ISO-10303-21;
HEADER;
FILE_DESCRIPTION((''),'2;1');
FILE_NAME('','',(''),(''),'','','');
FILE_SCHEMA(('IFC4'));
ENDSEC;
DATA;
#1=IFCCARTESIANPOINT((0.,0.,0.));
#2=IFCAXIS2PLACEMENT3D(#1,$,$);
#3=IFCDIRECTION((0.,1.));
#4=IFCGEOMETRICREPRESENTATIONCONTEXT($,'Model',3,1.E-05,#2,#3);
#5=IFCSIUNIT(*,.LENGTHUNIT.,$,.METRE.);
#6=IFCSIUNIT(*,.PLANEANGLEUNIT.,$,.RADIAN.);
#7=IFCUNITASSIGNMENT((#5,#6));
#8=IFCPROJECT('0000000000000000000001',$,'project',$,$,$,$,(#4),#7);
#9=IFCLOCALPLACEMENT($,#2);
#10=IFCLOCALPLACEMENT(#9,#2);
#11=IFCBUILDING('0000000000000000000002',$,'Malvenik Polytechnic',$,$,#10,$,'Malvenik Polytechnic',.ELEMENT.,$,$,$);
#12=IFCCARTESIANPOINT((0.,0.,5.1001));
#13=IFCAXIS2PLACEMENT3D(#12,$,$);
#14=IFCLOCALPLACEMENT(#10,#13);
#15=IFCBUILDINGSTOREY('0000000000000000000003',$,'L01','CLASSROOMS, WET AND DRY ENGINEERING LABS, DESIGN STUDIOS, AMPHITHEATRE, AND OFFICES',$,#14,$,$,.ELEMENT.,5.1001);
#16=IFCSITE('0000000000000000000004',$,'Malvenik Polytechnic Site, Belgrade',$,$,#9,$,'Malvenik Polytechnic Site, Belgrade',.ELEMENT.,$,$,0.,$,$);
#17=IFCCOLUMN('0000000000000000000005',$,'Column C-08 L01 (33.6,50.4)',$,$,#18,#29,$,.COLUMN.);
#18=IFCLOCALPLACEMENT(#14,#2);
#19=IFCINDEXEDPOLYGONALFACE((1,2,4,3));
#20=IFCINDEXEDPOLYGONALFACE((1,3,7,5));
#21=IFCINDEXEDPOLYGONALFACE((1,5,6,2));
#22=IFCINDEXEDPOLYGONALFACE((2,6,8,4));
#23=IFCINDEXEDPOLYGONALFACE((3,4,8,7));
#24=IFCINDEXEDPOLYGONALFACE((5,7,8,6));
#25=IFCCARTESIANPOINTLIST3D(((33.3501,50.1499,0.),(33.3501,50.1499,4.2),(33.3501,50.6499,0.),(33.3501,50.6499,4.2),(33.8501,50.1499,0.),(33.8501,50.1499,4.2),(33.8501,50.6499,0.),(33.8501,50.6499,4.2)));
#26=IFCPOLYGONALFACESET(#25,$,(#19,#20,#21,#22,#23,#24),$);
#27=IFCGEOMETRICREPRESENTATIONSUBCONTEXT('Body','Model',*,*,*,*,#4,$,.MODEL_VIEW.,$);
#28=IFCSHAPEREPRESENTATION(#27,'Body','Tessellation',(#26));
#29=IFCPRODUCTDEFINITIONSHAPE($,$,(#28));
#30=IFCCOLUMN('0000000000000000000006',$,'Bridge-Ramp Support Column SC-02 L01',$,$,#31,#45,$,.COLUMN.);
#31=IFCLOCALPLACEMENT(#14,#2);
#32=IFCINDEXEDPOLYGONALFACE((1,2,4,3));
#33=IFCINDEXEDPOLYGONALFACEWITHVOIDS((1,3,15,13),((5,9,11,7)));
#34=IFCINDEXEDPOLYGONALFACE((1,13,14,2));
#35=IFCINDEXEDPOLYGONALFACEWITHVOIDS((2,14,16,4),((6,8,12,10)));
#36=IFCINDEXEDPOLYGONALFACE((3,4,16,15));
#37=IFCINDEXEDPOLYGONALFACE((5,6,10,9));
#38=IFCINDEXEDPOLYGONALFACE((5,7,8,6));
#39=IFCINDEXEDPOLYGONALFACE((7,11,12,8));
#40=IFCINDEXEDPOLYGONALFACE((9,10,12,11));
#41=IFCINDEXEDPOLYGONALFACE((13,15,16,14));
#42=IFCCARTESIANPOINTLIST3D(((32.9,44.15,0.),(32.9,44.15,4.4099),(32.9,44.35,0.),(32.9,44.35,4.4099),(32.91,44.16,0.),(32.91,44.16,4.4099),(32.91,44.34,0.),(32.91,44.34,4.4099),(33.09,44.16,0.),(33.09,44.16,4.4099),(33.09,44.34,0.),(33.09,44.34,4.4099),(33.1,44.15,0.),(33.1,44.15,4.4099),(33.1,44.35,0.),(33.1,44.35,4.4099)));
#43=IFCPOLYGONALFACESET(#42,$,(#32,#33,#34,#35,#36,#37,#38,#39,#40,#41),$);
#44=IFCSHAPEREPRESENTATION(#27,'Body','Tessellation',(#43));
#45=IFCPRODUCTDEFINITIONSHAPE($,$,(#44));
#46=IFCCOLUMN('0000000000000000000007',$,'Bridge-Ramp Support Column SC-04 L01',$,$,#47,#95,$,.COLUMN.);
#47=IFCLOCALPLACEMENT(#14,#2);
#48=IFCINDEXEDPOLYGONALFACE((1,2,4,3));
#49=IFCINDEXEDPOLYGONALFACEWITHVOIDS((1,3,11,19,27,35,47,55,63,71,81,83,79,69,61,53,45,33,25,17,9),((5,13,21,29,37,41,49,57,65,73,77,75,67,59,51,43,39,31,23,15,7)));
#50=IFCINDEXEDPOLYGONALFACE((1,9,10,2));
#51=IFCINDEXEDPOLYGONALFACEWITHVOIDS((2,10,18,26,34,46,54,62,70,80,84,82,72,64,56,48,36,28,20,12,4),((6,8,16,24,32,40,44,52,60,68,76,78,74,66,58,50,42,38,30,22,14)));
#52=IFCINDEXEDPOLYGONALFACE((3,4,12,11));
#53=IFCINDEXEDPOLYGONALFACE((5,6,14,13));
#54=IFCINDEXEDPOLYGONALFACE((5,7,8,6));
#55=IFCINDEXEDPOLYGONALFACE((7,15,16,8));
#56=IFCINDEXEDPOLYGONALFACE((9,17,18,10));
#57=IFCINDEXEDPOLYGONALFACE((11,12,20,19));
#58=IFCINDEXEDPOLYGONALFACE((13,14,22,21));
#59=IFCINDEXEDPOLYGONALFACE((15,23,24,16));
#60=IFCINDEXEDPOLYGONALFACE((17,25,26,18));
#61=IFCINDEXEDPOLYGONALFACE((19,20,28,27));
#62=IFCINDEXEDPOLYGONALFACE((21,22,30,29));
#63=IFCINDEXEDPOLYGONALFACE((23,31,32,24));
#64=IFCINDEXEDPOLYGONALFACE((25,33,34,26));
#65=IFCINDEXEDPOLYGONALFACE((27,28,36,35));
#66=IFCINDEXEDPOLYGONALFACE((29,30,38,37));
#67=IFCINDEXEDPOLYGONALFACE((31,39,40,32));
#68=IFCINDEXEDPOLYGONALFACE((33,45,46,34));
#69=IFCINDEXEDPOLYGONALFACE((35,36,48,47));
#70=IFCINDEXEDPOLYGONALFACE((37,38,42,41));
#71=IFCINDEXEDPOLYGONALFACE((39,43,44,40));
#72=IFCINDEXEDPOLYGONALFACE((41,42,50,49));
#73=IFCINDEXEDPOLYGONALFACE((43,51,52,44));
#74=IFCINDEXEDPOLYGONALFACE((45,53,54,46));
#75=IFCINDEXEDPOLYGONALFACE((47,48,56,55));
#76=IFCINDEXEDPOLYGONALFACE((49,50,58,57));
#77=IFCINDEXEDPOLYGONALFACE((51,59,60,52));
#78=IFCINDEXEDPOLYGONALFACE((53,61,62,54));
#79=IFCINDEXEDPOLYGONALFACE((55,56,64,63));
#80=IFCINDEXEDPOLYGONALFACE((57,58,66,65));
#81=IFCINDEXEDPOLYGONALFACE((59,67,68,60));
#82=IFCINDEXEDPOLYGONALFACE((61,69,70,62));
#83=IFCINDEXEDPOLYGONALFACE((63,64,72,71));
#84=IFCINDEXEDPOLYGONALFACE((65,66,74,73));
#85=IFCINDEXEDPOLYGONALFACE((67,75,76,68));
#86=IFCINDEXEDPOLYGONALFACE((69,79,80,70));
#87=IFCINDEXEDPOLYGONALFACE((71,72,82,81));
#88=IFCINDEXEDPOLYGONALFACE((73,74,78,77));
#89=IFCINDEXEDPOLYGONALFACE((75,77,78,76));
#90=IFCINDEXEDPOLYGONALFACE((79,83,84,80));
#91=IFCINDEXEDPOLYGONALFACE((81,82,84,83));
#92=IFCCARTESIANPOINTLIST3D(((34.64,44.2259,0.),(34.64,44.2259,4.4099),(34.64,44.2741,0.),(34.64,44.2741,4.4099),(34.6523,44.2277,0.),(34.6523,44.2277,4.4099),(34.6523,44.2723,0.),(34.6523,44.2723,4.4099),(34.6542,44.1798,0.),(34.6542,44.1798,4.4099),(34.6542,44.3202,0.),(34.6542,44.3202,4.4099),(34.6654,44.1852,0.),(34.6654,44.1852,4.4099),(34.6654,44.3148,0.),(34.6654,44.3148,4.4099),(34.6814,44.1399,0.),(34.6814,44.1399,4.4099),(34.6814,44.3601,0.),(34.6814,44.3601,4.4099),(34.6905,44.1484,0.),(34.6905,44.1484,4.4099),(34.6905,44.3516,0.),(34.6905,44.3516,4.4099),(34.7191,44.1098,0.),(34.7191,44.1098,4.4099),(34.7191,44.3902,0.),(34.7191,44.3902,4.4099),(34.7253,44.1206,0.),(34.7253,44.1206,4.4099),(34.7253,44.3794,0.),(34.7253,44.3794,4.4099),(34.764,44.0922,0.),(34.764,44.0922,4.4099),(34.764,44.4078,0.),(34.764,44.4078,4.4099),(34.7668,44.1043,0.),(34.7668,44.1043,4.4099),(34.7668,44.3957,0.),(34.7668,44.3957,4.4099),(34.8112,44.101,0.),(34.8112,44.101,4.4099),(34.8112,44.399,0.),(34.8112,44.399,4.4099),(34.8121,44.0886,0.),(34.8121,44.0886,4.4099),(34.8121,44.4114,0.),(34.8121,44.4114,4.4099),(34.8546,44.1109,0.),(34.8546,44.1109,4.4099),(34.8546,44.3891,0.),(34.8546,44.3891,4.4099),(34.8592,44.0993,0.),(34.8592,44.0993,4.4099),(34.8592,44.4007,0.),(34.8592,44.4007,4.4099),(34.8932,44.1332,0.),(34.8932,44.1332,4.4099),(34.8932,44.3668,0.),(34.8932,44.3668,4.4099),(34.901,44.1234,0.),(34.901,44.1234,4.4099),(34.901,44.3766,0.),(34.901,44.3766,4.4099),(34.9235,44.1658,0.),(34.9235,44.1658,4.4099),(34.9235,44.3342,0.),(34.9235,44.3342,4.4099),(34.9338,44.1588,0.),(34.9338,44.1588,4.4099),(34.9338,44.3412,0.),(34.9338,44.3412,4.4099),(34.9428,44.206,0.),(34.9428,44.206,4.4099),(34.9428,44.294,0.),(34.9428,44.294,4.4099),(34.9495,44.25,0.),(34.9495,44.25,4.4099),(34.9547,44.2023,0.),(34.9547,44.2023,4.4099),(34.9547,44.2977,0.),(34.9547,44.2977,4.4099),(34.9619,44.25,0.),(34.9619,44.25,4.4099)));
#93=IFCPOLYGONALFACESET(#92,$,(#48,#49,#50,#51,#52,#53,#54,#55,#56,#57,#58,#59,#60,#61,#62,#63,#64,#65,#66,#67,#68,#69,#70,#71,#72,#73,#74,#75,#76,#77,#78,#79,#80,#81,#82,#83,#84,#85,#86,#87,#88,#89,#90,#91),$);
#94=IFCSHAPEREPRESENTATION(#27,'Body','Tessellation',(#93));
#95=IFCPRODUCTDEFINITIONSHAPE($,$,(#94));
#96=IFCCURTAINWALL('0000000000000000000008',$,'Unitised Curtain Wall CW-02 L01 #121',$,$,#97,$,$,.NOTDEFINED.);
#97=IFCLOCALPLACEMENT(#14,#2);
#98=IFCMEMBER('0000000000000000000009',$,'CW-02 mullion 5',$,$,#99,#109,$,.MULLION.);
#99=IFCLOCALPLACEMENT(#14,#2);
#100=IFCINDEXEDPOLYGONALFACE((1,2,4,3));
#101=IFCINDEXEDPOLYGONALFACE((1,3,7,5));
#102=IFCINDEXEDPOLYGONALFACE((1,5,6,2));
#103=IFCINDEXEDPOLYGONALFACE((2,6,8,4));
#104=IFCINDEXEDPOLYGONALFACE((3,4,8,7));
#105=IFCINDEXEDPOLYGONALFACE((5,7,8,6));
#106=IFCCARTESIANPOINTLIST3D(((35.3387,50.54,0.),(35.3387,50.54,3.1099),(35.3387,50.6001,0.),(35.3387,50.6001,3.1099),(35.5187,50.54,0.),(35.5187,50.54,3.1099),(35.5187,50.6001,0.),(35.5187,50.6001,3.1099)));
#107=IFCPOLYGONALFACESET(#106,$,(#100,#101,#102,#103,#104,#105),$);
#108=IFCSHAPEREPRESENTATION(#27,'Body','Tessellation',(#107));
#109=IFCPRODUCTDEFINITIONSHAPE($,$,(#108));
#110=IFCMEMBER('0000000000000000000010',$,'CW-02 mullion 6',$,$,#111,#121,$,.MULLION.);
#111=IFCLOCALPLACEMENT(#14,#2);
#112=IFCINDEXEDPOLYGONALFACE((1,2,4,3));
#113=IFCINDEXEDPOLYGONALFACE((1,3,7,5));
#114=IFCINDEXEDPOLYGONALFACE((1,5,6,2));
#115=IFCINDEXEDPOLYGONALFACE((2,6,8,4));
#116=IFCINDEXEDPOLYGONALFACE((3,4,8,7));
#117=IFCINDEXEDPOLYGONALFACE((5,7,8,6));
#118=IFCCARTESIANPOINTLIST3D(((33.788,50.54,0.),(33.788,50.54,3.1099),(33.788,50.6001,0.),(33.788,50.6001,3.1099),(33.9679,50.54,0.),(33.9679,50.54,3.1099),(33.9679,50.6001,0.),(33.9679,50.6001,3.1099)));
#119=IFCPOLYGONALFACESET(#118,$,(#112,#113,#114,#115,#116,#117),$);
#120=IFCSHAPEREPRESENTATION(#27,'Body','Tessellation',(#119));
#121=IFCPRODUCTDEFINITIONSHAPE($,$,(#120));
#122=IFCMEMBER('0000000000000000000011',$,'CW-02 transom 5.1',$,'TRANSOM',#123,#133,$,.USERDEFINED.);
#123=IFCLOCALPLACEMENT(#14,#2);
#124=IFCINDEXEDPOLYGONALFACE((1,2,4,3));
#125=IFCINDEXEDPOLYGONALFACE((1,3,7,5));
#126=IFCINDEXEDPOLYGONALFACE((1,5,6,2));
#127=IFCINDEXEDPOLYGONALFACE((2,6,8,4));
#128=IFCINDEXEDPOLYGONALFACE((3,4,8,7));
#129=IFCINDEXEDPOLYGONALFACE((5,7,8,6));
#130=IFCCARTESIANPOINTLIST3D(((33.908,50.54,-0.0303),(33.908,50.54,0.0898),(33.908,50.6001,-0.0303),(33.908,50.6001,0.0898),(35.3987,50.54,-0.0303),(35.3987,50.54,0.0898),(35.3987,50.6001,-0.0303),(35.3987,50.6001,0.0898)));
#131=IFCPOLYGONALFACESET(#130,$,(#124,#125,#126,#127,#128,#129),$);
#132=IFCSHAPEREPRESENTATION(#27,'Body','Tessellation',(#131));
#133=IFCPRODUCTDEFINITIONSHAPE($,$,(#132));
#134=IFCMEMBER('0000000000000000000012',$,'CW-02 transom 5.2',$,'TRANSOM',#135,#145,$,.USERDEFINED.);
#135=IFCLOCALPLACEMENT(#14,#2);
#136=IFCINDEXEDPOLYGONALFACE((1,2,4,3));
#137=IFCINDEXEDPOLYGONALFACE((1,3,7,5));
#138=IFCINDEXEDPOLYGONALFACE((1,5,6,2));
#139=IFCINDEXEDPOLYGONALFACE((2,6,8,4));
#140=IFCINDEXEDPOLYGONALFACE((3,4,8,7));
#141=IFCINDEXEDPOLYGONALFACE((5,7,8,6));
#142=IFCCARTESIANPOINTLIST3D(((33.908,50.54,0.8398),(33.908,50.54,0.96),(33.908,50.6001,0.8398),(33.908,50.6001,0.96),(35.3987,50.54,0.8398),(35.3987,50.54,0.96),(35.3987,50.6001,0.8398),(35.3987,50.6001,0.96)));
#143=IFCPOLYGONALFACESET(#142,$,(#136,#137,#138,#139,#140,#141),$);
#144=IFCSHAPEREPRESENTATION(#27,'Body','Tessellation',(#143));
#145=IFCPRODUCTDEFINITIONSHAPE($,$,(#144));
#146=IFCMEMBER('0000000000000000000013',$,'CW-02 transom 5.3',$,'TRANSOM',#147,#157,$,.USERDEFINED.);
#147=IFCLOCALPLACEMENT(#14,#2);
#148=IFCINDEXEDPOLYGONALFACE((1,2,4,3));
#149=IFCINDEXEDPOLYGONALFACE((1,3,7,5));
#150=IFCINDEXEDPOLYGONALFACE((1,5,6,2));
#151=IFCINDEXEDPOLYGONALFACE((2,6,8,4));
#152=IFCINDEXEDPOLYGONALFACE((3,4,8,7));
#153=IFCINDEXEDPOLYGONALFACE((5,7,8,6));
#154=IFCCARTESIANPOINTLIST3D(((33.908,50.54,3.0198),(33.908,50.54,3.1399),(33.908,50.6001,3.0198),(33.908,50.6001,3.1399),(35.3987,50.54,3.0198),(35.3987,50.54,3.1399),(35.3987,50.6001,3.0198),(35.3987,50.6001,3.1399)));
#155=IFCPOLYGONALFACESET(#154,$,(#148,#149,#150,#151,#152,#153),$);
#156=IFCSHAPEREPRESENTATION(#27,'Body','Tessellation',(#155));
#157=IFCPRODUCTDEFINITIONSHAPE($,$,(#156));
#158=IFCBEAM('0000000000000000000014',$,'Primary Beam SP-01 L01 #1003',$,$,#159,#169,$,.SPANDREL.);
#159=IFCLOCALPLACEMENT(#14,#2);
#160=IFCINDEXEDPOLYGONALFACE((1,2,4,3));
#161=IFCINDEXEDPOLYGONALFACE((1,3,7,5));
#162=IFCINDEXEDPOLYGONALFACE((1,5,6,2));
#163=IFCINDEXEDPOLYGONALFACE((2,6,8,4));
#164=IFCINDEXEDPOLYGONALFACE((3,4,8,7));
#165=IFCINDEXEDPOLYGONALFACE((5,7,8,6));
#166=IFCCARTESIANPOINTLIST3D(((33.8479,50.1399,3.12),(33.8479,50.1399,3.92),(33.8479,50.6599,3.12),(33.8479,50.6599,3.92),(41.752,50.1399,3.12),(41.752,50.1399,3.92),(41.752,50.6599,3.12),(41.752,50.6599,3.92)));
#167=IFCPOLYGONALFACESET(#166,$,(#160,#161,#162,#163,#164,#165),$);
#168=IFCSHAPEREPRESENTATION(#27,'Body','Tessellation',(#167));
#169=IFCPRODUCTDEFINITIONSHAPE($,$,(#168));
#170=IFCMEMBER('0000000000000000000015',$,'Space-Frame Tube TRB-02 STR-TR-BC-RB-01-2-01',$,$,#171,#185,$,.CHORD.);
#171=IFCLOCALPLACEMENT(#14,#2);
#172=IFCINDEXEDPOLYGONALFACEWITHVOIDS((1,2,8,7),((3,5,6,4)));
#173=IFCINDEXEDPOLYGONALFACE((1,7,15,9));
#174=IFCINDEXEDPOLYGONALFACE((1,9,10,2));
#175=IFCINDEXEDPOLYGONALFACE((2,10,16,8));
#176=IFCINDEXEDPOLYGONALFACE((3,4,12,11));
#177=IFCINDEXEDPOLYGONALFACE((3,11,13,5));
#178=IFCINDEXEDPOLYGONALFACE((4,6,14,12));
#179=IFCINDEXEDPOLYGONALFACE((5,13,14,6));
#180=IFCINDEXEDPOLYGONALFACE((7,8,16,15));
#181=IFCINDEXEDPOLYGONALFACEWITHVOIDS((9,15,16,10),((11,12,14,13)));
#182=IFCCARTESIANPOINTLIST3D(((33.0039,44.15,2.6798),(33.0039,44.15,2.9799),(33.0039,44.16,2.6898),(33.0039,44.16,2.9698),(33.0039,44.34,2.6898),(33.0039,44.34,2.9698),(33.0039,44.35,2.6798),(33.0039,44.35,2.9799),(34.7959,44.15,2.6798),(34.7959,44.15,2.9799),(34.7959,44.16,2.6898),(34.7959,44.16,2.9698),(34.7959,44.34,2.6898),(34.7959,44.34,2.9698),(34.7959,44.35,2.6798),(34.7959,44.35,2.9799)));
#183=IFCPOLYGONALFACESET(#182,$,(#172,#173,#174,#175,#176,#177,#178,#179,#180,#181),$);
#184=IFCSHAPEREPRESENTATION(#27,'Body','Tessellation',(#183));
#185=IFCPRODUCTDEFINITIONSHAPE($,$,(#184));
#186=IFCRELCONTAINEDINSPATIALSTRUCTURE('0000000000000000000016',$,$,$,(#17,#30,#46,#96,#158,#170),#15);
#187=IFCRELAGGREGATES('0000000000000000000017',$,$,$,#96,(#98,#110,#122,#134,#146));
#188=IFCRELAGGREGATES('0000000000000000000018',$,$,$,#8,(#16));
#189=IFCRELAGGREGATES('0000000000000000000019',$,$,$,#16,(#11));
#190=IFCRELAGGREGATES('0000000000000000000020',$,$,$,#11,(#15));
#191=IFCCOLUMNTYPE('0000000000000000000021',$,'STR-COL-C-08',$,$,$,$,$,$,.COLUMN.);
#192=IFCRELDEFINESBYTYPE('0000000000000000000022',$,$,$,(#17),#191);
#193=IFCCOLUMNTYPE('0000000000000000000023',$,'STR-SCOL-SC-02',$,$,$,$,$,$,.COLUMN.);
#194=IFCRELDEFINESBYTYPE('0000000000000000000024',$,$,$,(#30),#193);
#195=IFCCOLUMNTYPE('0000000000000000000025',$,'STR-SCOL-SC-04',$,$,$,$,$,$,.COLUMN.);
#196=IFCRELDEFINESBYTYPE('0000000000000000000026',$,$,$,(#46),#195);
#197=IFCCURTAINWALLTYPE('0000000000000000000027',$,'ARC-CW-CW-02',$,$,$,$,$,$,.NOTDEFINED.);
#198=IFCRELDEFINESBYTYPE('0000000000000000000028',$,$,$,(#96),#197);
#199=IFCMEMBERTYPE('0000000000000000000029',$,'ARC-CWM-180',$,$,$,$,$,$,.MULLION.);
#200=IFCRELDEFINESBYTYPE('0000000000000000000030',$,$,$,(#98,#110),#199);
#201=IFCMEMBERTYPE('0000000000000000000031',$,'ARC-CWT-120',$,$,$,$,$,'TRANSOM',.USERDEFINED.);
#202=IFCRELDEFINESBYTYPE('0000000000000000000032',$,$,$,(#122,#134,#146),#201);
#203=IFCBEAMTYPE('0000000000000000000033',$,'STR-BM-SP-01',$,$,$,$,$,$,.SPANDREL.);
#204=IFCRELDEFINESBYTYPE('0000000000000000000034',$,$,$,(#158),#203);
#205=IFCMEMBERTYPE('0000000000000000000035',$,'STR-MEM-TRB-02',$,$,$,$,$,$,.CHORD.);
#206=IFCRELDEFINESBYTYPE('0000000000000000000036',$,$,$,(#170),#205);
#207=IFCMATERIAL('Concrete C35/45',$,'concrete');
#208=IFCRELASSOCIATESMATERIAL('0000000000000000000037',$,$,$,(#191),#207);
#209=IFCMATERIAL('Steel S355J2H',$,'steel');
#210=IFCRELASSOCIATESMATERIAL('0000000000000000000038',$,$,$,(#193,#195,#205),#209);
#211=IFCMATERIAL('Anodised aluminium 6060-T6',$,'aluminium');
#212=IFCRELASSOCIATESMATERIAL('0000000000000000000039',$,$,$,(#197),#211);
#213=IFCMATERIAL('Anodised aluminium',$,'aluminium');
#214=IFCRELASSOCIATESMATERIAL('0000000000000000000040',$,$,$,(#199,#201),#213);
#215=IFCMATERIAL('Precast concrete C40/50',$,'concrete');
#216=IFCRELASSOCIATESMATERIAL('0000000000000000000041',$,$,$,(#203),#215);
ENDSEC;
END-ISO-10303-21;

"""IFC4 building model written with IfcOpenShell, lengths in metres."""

from ifc_helpers import new_model, si_unit, direction, frame, origin, origin_2d, place, context, subcontext, project, spatial, rectangle, hollow_rectangle, hollow_circle, extrude, material, material_profile, profile_set, type_object, element, aggregate, save


model = new_model("IFC4")

# Units and contexts
model_context = context("Model", 3, precision=1e-05, world=origin(), true_north=direction((0.0, 1.0)))
body_context = subcontext(model_context, "Body", "Model", "MODEL_VIEW")
ifc_project = project(units=[si_unit("LENGTHUNIT", "METRE"), si_unit("PLANEANGLEUNIT", "RADIAN")], contexts=[model_context])

# Site, building, storey
site_placement = place(None, origin())
site = spatial("IfcSite", under=ifc_project, at=site_placement, Name="Malvenik Polytechnic Site, Belgrade", LongName="Malvenik Polytechnic Site, Belgrade", CompositionType="ELEMENT", RefElevation=0.0)
building_placement = place(site_placement, origin())
building = spatial("IfcBuilding", under=site, at=building_placement, Name="Malvenik Polytechnic", LongName="Malvenik Polytechnic", CompositionType="ELEMENT")
storey_placement = place(building_placement, frame((0.0, 0.0, 5.1001)))
storey = spatial("IfcBuildingStorey", under=building, at=storey_placement, Name="L01", Description="CLASSROOMS, WET AND DRY ENGINEERING LABS, DESIGN STUDIOS, AMPHITHEATRE, AND OFFICES", CompositionType="ELEMENT", Elevation=5.1001)

# Columns
ifc_material_1 = material(Name="Concrete C35/45", Category="concrete")
ifc_material_profile_1 = material_profile(ifc_material_1, rectangle(XDim=0.5, YDim=0.5, at=origin_2d()), Name="RC COL 500x500")
ifc_profile_set_1 = profile_set([ifc_material_profile_1], Name="Concrete C35/45")
column_type_1 = type_object("IfcColumnType", Name="STR-COL-C-08", PredefinedType="COLUMN", material=ifc_profile_set_1)
column_1_placement = place(storey_placement, frame((33.6001, 50.3999, 0.0), z_axis=(0.0, 0.0, 1.0), x_axis=(1.0, 0.0, 0.0)))
element("IfcColumn", 1, at=column_1_placement, inside=storey, type_object=column_type_1, Name="Column C-08 L01 (33.6,50.4)", PredefinedType="COLUMN", context=body_context, shape_type="SweptSolid", body=[
    extrude(rectangle(XDim=0.5, YDim=0.5, at=origin_2d()), origin(), (0.0, 0.0, 1.0), 4.2),
])
ifc_material_2 = material(Name="Steel S355J2H", Category="steel")
ifc_material_profile_2 = material_profile(ifc_material_2, hollow_rectangle(XDim=0.2, YDim=0.2, WallThickness=0.01, at=origin_2d()), Name="SHS 200x200x10.0")
ifc_profile_set_2 = profile_set([ifc_material_profile_2], Name="Steel S355J2H")
column_type_2 = type_object("IfcColumnType", Name="STR-SCOL-SC-02", PredefinedType="COLUMN", material=ifc_profile_set_2)
column_2_placement = place(storey_placement, frame((33.0, 44.25, 0.0), z_axis=(0.0, 0.0, 1.0), x_axis=(1.0, 0.0, 0.0)))
element("IfcColumn", 2, at=column_2_placement, inside=storey, type_object=column_type_2, Name="Bridge-Ramp Support Column SC-02 L01", PredefinedType="COLUMN", context=body_context, shape_type="SweptSolid", body=[
    extrude(hollow_rectangle(XDim=0.2, YDim=0.2, WallThickness=0.01, at=origin_2d()), origin(), (0.0, 0.0, 1.0), 4.4099),
])
ifc_material_profile_3 = material_profile(ifc_material_2, hollow_circle(Radius=0.1619, WallThickness=0.0125, at=origin_2d()), Name="CHS 323.9x12.5")
ifc_profile_set_3 = profile_set([ifc_material_profile_3], Name="Steel S355J2H")
column_type_3 = type_object("IfcColumnType", Name="STR-SCOL-SC-04", PredefinedType="COLUMN", material=ifc_profile_set_3)
column_3_placement = place(storey_placement, frame((34.8, 44.25, 0.0), z_axis=(0.0, 0.0, 1.0), x_axis=(1.0, 0.0, 0.0)))
element("IfcColumn", 3, at=column_3_placement, inside=storey, type_object=column_type_3, Name="Bridge-Ramp Support Column SC-04 L01", PredefinedType="COLUMN", context=body_context, shape_type="SweptSolid", body=[
    extrude(hollow_circle(Radius=0.1619, WallThickness=0.0125, at=origin_2d()), origin(), (0.0, 0.0, 1.0), 4.4099),
])

# Curtain wall, members
ifc_material_3 = material(Name="Anodised aluminium 6060-T6", Category="aluminium")
curtain_wall_type = type_object("IfcCurtainWallType", Name="ARC-CW-CW-02", PredefinedType="NOTDEFINED", material=ifc_material_3)
curtain_wall_placement = place(storey_placement, origin())
curtain_wall = element("IfcCurtainWall", 4, at=curtain_wall_placement, inside=storey, type_object=curtain_wall_type, Name="Unitised Curtain Wall CW-02 L01 #121", PredefinedType="NOTDEFINED")
ifc_material_4 = material(Name="Anodised aluminium", Category="aluminium")
ifc_material_profile_4 = material_profile(ifc_material_4, rectangle(XDim=0.0601, YDim=0.1799, at=origin_2d()), Name="ALU MULLION 60x180")
ifc_profile_set_4 = profile_set([ifc_material_profile_4], Name="Anodised aluminium")
member_type_1 = type_object("IfcMemberType", Name="ARC-CWM-180", PredefinedType="MULLION", material=ifc_profile_set_4)
member_1_placement = place(storey_placement, frame((35.4287, 50.5701, 0.0), z_axis=(0.0, 0.0, 1.0), x_axis=(0.0, -1.0, 0.0)))
member_1 = element("IfcMember", 5, at=member_1_placement, type_object=member_type_1, Name="CW-02 mullion 5", PredefinedType="MULLION", context=body_context, shape_type="SweptSolid", body=[
    extrude(rectangle(XDim=0.0601, YDim=0.1799, at=origin_2d()), origin(), (0.0, 0.0, 1.0), 3.1099),
])
member_2_placement = place(storey_placement, frame((33.8779, 50.5701, 0.0), z_axis=(0.0, 0.0, 1.0), x_axis=(0.0, -1.0, 0.0)))
member_2 = element("IfcMember", 6, at=member_2_placement, type_object=member_type_1, Name="CW-02 mullion 6", PredefinedType="MULLION", context=body_context, shape_type="SweptSolid", body=[
    extrude(rectangle(XDim=0.0601, YDim=0.1799, at=origin_2d()), origin(), (0.0, 0.0, 1.0), 3.1099),
])
ifc_material_profile_5 = material_profile(ifc_material_4, rectangle(XDim=0.0601, YDim=0.1201, at=origin_2d()), Name="ALU TRANSOM 60x120")
ifc_profile_set_5 = profile_set([ifc_material_profile_5], Name="Anodised aluminium")
member_type_2 = type_object("IfcMemberType", Name="ARC-CWT-120", ElementType="TRANSOM", PredefinedType="USERDEFINED", material=ifc_profile_set_5)
member_3_placement = place(storey_placement, frame((35.3987, 50.5701, 0.0298), z_axis=(-1.0, 0.0, 0.0), x_axis=(0.0, -1.0, 0.0)))
member_3 = element("IfcMember", 7, at=member_3_placement, type_object=member_type_2, Name="CW-02 transom 5.1", ObjectType="TRANSOM", PredefinedType="USERDEFINED", context=body_context, shape_type="SweptSolid", body=[
    extrude(rectangle(XDim=0.0601, YDim=0.1201, at=origin_2d()), origin(), (0.0, 0.0, 1.0), 1.4907),
])
member_4_placement = place(storey_placement, frame((35.3987, 50.5701, 0.8999), z_axis=(-1.0, 0.0, 0.0), x_axis=(0.0, -1.0, 0.0)))
member_4 = element("IfcMember", 8, at=member_4_placement, type_object=member_type_2, Name="CW-02 transom 5.2", ObjectType="TRANSOM", PredefinedType="USERDEFINED", context=body_context, shape_type="SweptSolid", body=[
    extrude(rectangle(XDim=0.0601, YDim=0.1201, at=origin_2d()), origin(), (0.0, 0.0, 1.0), 1.4907),
])
member_5_placement = place(storey_placement, frame((35.3987, 50.5701, 3.0798), z_axis=(-1.0, 0.0, 0.0), x_axis=(0.0, -1.0, 0.0)))
member_5 = element("IfcMember", 9, at=member_5_placement, type_object=member_type_2, Name="CW-02 transom 5.3", ObjectType="TRANSOM", PredefinedType="USERDEFINED", context=body_context, shape_type="SweptSolid", body=[
    extrude(rectangle(XDim=0.0601, YDim=0.1201, at=origin_2d()), origin(), (0.0, 0.0, 1.0), 1.4907),
])

# Beam
ifc_material_5 = material(Name="Precast concrete C40/50", Category="concrete")
ifc_material_profile_6 = material_profile(ifc_material_5, rectangle(XDim=0.52, YDim=0.8, at=origin_2d()), Name="PC SPN 520x800")
ifc_profile_set_6 = profile_set([ifc_material_profile_6], Name="Precast concrete C40/50")
beam_type = type_object("IfcBeamType", Name="STR-BM-SP-01", PredefinedType="SPANDREL", material=ifc_profile_set_6)
beam_placement = place(storey_placement, frame((33.8479, 50.3999, 3.52), z_axis=(1.0, 0.0, 0.0), x_axis=(0.0, 1.0, 0.0)))
element("IfcBeam", 10, at=beam_placement, inside=storey, type_object=beam_type, Name="Primary Beam SP-01 L01 #1003", PredefinedType="SPANDREL", context=body_context, shape_type="SweptSolid", body=[
    extrude(rectangle(XDim=0.52, YDim=0.8, at=origin_2d()), origin(), (0.0, 0.0, 1.0), 7.9041),
])

# Member
ifc_material_profile_7 = material_profile(ifc_material_2, hollow_rectangle(XDim=0.2, YDim=0.3, WallThickness=0.01, at=origin_2d()), Name="RHS 300x200x10.0")
ifc_profile_set_7 = profile_set([ifc_material_profile_7], Name="Steel S355J2H")
member_type_3 = type_object("IfcMemberType", Name="STR-MEM-TRB-02", PredefinedType="CHORD", material=ifc_profile_set_7)
member_6_placement = place(storey_placement, frame((33.0039, 44.25, 2.8298), z_axis=(1.0, 0.0, 0.0), x_axis=(0.0, 1.0, 0.0)))
element("IfcMember", 11, at=member_6_placement, inside=storey, type_object=member_type_3, Name="Space-Frame Tube TRB-02 STR-TR-BC-RB-01-2-01", PredefinedType="CHORD", context=body_context, shape_type="SweptSolid", body=[
    extrude(hollow_rectangle(XDim=0.2, YDim=0.3, WallThickness=0.01, at=origin_2d()), origin(), (0.0, 0.0, 1.0), 1.792),
])

aggregate(curtain_wall, [member_1, member_2, member_3, member_4, member_5])

save(model, "model.ifc")
